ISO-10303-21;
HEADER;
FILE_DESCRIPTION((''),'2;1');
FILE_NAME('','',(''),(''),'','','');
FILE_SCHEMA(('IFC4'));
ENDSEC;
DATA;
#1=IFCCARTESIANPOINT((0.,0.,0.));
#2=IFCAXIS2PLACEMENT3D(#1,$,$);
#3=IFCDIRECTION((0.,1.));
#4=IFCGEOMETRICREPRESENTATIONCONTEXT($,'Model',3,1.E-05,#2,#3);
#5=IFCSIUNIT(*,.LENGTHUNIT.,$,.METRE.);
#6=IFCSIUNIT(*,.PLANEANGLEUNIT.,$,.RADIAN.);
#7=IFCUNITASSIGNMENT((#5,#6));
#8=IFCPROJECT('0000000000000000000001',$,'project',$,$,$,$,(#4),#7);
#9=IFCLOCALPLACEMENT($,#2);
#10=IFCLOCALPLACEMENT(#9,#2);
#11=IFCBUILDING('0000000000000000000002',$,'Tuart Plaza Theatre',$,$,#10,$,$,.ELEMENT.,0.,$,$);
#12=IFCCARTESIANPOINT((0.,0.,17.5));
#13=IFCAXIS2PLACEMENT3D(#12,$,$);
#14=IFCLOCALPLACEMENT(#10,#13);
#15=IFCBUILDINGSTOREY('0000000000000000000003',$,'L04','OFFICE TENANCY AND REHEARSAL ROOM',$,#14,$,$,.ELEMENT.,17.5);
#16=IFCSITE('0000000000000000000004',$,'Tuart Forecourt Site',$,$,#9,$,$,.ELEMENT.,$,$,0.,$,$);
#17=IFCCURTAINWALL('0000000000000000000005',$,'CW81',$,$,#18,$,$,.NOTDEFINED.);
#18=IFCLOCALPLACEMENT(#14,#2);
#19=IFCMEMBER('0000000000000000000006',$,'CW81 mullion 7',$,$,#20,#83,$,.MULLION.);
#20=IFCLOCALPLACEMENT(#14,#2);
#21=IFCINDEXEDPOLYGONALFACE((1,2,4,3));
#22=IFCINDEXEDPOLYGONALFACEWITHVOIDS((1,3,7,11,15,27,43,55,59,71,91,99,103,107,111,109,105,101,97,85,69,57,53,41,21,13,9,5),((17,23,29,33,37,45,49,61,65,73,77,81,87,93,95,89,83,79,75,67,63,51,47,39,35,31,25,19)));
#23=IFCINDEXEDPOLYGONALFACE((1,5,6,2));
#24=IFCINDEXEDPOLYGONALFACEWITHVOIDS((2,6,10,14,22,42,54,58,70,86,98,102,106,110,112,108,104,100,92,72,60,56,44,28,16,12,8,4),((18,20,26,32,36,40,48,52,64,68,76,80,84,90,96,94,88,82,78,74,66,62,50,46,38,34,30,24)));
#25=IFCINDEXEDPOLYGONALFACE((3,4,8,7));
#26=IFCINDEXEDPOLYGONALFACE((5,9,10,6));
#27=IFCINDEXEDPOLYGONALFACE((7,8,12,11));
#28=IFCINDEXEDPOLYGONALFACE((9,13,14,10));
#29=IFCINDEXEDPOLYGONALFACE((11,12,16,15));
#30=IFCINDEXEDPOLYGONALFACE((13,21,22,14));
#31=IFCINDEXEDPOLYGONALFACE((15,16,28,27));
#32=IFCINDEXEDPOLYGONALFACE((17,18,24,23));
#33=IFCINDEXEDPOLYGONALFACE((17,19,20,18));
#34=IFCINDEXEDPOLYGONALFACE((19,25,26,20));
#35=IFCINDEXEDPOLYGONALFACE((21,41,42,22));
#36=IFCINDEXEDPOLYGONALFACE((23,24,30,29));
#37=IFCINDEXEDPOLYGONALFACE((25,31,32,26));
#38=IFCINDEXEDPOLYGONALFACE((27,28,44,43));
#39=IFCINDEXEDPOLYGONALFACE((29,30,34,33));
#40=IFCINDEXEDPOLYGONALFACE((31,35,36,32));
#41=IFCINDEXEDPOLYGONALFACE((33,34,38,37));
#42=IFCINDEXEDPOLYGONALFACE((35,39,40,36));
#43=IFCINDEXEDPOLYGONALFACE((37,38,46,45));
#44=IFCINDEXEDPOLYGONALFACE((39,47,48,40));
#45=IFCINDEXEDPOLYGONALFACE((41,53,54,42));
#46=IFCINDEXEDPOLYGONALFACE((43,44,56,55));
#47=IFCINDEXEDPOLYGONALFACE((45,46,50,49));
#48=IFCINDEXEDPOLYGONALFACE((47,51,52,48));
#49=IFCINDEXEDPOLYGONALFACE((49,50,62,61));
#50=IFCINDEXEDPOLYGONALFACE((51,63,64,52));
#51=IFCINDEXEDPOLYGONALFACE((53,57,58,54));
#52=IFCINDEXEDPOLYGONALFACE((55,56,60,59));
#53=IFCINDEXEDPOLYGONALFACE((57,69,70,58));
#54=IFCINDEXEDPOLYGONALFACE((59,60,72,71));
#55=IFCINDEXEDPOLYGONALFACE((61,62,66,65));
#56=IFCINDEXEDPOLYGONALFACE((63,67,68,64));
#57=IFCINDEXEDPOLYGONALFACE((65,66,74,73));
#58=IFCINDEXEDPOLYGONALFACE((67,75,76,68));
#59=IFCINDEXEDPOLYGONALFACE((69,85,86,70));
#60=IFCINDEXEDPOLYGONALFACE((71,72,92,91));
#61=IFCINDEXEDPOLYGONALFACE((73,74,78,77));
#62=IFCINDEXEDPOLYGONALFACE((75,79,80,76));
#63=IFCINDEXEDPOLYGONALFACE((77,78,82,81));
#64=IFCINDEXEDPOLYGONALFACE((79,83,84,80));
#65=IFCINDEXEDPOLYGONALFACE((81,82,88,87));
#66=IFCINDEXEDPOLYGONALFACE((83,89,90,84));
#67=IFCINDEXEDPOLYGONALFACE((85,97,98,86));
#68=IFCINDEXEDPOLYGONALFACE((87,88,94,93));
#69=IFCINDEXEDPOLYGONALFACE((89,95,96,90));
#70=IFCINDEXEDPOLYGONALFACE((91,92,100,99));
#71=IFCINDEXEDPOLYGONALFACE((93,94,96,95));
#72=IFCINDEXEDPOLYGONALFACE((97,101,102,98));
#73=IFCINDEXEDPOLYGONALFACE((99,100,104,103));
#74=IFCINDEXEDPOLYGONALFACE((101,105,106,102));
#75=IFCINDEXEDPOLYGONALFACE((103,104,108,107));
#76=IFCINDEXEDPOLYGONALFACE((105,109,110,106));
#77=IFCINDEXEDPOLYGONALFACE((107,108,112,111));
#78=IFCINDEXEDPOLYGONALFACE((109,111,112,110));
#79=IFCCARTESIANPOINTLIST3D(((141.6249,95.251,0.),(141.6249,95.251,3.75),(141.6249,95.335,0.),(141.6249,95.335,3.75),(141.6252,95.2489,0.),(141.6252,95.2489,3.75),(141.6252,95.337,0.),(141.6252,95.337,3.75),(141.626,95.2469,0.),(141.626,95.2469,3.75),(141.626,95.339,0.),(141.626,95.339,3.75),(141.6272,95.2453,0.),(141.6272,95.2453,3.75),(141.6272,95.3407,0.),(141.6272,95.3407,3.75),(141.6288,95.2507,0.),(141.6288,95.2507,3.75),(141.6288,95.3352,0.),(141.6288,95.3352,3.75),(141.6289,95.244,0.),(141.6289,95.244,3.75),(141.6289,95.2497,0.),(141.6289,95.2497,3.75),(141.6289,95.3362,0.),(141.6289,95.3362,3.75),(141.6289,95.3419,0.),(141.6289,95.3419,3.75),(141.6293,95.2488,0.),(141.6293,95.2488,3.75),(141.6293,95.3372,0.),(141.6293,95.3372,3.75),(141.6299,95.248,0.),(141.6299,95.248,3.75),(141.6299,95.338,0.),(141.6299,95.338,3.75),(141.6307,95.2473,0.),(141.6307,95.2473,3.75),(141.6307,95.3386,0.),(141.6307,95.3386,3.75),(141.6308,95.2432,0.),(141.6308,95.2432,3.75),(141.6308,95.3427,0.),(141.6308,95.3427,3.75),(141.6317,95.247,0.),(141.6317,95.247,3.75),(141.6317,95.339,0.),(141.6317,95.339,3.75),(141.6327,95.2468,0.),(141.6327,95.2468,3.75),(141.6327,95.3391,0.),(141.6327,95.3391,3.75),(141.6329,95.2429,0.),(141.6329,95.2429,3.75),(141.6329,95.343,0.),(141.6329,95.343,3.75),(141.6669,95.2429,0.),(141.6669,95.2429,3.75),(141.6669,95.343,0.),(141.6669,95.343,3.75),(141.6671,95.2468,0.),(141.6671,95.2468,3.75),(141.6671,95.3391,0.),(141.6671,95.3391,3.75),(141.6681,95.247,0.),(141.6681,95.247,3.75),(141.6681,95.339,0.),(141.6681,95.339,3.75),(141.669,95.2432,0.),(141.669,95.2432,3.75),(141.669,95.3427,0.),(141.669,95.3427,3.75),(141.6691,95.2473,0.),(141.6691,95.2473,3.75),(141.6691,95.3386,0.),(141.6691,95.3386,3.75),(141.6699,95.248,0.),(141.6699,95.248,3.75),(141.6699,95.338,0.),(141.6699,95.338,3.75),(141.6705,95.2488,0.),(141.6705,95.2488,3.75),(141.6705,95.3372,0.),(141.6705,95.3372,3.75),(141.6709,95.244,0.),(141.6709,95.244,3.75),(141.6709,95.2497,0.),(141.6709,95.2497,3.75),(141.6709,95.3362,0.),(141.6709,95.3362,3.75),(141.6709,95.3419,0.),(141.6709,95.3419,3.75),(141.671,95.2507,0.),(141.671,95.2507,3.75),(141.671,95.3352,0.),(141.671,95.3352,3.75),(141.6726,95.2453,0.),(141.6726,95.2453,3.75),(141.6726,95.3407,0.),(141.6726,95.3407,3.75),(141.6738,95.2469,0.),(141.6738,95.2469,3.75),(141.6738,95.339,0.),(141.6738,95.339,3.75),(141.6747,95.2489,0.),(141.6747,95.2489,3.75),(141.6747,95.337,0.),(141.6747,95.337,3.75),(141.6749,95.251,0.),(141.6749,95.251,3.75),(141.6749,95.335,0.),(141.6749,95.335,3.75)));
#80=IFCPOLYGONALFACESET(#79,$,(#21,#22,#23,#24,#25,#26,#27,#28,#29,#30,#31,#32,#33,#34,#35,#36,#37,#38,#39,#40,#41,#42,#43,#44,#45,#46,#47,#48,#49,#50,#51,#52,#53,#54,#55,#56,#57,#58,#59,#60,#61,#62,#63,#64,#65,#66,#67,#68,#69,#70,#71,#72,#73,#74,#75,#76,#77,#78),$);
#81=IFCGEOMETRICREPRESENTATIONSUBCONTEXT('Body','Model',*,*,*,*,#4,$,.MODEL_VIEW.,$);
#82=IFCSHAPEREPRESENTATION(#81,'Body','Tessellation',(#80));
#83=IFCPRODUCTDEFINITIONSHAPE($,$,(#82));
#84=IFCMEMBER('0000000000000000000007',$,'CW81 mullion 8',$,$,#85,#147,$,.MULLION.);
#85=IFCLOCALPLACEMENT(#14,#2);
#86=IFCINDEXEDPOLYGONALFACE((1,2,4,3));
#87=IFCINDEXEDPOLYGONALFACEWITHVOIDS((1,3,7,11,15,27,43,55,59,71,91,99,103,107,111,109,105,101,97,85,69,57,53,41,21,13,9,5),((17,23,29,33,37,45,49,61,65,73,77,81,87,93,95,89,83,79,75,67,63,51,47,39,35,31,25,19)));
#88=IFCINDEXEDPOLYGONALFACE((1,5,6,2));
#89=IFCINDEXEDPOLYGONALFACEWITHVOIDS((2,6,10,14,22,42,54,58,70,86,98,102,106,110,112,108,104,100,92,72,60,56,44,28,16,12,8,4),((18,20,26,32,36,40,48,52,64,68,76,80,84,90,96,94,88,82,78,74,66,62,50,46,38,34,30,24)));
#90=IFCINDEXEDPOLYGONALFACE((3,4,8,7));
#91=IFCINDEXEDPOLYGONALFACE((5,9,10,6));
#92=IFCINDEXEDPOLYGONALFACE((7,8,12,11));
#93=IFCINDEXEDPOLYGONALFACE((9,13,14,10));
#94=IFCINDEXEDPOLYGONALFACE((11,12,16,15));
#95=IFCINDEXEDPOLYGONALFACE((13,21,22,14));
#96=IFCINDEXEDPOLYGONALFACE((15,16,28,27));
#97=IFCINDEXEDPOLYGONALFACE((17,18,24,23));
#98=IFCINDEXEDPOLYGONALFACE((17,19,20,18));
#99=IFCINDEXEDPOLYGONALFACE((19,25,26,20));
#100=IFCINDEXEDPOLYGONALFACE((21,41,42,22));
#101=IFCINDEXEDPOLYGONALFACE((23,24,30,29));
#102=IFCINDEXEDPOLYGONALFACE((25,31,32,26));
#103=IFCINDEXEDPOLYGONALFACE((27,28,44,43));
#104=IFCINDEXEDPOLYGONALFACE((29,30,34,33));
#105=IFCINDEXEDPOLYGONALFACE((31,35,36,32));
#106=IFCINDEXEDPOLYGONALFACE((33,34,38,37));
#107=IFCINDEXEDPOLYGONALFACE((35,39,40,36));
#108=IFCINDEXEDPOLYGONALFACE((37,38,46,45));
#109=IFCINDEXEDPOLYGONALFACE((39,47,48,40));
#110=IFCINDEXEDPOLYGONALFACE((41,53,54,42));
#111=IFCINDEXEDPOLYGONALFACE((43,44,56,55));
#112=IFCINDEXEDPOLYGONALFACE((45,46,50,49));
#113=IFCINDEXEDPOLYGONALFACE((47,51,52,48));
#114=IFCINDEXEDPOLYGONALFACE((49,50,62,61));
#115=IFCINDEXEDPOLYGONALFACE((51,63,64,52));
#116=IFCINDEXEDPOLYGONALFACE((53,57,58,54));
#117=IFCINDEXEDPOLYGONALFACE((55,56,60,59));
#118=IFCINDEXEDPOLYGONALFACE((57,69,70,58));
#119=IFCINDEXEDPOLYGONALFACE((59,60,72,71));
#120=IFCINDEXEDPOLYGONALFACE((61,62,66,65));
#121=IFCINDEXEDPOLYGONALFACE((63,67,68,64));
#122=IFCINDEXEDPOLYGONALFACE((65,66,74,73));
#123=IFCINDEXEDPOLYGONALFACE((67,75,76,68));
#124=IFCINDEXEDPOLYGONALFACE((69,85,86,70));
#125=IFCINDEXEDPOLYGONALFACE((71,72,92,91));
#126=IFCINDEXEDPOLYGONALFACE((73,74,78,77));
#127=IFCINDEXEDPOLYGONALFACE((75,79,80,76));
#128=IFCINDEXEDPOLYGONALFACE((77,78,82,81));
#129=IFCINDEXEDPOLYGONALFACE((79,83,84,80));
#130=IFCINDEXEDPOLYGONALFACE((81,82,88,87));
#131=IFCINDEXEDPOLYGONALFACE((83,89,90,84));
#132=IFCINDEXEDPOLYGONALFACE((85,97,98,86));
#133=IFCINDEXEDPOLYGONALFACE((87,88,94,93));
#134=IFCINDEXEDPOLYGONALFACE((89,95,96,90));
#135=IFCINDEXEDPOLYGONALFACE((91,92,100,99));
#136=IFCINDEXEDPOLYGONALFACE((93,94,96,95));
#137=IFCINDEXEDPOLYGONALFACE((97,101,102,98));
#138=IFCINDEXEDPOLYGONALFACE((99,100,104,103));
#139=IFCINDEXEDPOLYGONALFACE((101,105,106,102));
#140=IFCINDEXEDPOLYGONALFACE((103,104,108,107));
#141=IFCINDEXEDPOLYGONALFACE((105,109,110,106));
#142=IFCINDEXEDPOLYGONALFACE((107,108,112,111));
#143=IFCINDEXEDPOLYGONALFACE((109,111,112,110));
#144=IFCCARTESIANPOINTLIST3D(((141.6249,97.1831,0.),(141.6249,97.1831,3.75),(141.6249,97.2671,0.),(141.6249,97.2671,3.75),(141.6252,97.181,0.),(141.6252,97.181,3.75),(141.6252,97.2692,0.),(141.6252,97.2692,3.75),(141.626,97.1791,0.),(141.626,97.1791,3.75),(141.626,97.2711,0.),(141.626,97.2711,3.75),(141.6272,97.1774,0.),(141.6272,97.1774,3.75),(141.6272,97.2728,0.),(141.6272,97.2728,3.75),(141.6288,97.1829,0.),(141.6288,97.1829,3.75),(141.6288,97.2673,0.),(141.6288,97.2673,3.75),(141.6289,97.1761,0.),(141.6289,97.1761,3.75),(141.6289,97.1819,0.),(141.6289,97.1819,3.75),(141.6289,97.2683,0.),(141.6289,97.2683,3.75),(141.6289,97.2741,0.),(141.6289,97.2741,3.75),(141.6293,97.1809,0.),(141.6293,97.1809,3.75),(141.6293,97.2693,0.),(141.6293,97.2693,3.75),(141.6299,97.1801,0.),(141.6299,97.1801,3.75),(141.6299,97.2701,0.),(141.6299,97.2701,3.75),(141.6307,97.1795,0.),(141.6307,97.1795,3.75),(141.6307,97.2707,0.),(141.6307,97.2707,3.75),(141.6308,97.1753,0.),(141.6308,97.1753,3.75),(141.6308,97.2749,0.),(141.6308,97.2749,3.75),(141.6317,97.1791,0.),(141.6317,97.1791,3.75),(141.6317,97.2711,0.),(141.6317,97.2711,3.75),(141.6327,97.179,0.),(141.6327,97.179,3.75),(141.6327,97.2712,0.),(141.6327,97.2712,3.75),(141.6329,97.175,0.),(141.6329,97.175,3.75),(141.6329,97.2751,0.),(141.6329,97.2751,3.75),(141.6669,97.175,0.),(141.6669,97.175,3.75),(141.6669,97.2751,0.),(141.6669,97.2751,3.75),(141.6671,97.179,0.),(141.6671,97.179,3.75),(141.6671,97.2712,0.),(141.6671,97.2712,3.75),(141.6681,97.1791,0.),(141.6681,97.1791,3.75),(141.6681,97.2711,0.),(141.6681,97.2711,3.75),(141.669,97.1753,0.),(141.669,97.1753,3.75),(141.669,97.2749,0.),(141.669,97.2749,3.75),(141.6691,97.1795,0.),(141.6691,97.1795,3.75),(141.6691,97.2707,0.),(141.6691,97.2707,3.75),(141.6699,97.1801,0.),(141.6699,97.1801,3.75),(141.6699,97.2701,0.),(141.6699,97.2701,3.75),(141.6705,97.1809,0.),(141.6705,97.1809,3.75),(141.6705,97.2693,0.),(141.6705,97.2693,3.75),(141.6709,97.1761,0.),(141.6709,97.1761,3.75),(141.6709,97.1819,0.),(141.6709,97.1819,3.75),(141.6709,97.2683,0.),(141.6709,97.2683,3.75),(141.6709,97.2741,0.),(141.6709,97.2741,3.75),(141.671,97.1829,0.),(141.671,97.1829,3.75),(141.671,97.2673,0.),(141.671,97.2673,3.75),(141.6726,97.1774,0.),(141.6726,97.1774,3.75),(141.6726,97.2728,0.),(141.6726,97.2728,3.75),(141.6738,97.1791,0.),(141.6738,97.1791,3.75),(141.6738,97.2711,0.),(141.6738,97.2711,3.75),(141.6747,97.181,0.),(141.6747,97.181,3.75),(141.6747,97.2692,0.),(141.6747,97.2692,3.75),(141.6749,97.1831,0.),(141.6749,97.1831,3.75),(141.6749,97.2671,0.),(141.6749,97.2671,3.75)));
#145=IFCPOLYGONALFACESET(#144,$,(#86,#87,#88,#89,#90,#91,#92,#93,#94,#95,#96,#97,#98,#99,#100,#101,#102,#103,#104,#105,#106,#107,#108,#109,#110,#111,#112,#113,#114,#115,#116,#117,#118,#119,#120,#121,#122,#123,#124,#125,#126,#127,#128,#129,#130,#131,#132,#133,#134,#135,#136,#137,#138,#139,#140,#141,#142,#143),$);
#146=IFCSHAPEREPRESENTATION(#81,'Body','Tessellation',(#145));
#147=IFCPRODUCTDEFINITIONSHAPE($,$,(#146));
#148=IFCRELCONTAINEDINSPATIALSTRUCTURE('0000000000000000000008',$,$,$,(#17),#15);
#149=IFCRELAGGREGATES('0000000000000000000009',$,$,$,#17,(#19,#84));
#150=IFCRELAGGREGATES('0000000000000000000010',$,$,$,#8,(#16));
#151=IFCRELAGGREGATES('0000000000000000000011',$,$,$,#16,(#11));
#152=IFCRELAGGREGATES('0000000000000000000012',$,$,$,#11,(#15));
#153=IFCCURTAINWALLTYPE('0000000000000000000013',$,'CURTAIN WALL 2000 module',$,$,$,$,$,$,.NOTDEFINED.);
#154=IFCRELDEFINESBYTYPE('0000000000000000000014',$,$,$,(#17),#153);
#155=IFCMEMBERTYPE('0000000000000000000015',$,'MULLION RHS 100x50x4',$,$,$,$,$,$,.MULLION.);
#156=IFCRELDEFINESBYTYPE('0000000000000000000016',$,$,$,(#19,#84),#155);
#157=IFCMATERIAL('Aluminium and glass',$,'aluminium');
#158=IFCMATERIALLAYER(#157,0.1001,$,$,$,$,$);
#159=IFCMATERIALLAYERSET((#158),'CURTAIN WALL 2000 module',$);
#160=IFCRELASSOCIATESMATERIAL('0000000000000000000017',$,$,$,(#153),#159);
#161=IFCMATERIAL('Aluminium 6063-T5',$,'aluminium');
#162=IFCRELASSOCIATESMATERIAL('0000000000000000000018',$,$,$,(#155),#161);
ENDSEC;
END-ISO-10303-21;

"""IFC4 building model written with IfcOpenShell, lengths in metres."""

from ifc_helpers import new_model, si_unit, direction, frame, origin, origin_2d, place, context, subcontext, project, spatial, hollow_rectangle, extrude, material, layer, layer_set, material_profile, profile_set, type_object, element, aggregate, save


model = new_model("IFC4")

# Units and contexts
model_context = context("Model", 3, precision=1e-05, world=origin(), true_north=direction((0.0, 1.0)))
body_context = subcontext(model_context, "Body", "Model", "MODEL_VIEW")
ifc_project = project(units=[si_unit("LENGTHUNIT", "METRE"), si_unit("PLANEANGLEUNIT", "RADIAN")], contexts=[model_context])

# Site, building, storey
site_placement = place(None, origin())
site = spatial("IfcSite", under=ifc_project, at=site_placement, Name="Tuart Forecourt Site", CompositionType="ELEMENT", RefElevation=0.0)
building_placement = place(site_placement, origin())
building = spatial("IfcBuilding", under=site, at=building_placement, Name="Tuart Plaza Theatre", CompositionType="ELEMENT", ElevationOfRefHeight=0.0)
storey_placement = place(building_placement, frame((0.0, 0.0, 17.5)))
storey = spatial("IfcBuildingStorey", under=building, at=storey_placement, Name="L04", Description="OFFICE TENANCY AND REHEARSAL ROOM", CompositionType="ELEMENT", Elevation=17.5)

# Curtain wall, members
ifc_material_1 = material(Name="Aluminium and glass", Category="aluminium")
ifc_layer_1 = layer(ifc_material_1, 0.1001)
ifc_layer_set_1 = layer_set([ifc_layer_1], Name="CURTAIN WALL 2000 module")
curtain_wall_type = type_object("IfcCurtainWallType", Name="CURTAIN WALL 2000 module", PredefinedType="NOTDEFINED", material=ifc_layer_set_1)
curtain_wall_placement = place(storey_placement, origin())
curtain_wall = element("IfcCurtainWall", 1, at=curtain_wall_placement, inside=storey, type_object=curtain_wall_type, Name="CW81", PredefinedType="NOTDEFINED")
ifc_material_2 = material(Name="Aluminium 6063-T5", Category="aluminium")
ifc_material_profile_1 = material_profile(ifc_material_2, hollow_rectangle(XDim=0.05, YDim=0.1001, WallThickness=0.0039, InnerFilletRadius=0.0039, OuterFilletRadius=0.0081, at=origin_2d()), Name="RHS 100x50x4")
ifc_profile_set_1 = profile_set([ifc_material_profile_1], Name="Aluminium 6063-T5")
member_type_1 = type_object("IfcMemberType", Name="MULLION RHS 100x50x4", PredefinedType="MULLION", material=ifc_profile_set_1)
member_1_placement = place(storey_placement, frame((141.6499, 95.293, 0.0), z_axis=(0.0, 0.0, 1.0), x_axis=(-1.0, 0.0, 0.0)))
member_1 = element("IfcMember", 2, at=member_1_placement, type_object=member_type_1, Name="CW81 mullion 7", PredefinedType="MULLION", context=body_context, shape_type="SweptSolid", body=[
    extrude(hollow_rectangle(XDim=0.05, YDim=0.1001, WallThickness=0.0039, InnerFilletRadius=0.0039, OuterFilletRadius=0.0081, at=origin_2d()), origin(), (0.0, 0.0, 1.0), 3.75),
])
member_2_placement = place(storey_placement, frame((141.6499, 97.2251, 0.0), z_axis=(0.0, 0.0, 1.0), x_axis=(-1.0, 0.0, 0.0)))
member_2 = element("IfcMember", 3, at=member_2_placement, type_object=member_type_1, Name="CW81 mullion 8", PredefinedType="MULLION", context=body_context, shape_type="SweptSolid", body=[
    extrude(hollow_rectangle(XDim=0.05, YDim=0.1001, WallThickness=0.0039, InnerFilletRadius=0.0039, OuterFilletRadius=0.0081, at=origin_2d()), origin(), (0.0, 0.0, 1.0), 3.75),
])
aggregate(curtain_wall, [member_1, member_2])

save(model, "model.ifc")
